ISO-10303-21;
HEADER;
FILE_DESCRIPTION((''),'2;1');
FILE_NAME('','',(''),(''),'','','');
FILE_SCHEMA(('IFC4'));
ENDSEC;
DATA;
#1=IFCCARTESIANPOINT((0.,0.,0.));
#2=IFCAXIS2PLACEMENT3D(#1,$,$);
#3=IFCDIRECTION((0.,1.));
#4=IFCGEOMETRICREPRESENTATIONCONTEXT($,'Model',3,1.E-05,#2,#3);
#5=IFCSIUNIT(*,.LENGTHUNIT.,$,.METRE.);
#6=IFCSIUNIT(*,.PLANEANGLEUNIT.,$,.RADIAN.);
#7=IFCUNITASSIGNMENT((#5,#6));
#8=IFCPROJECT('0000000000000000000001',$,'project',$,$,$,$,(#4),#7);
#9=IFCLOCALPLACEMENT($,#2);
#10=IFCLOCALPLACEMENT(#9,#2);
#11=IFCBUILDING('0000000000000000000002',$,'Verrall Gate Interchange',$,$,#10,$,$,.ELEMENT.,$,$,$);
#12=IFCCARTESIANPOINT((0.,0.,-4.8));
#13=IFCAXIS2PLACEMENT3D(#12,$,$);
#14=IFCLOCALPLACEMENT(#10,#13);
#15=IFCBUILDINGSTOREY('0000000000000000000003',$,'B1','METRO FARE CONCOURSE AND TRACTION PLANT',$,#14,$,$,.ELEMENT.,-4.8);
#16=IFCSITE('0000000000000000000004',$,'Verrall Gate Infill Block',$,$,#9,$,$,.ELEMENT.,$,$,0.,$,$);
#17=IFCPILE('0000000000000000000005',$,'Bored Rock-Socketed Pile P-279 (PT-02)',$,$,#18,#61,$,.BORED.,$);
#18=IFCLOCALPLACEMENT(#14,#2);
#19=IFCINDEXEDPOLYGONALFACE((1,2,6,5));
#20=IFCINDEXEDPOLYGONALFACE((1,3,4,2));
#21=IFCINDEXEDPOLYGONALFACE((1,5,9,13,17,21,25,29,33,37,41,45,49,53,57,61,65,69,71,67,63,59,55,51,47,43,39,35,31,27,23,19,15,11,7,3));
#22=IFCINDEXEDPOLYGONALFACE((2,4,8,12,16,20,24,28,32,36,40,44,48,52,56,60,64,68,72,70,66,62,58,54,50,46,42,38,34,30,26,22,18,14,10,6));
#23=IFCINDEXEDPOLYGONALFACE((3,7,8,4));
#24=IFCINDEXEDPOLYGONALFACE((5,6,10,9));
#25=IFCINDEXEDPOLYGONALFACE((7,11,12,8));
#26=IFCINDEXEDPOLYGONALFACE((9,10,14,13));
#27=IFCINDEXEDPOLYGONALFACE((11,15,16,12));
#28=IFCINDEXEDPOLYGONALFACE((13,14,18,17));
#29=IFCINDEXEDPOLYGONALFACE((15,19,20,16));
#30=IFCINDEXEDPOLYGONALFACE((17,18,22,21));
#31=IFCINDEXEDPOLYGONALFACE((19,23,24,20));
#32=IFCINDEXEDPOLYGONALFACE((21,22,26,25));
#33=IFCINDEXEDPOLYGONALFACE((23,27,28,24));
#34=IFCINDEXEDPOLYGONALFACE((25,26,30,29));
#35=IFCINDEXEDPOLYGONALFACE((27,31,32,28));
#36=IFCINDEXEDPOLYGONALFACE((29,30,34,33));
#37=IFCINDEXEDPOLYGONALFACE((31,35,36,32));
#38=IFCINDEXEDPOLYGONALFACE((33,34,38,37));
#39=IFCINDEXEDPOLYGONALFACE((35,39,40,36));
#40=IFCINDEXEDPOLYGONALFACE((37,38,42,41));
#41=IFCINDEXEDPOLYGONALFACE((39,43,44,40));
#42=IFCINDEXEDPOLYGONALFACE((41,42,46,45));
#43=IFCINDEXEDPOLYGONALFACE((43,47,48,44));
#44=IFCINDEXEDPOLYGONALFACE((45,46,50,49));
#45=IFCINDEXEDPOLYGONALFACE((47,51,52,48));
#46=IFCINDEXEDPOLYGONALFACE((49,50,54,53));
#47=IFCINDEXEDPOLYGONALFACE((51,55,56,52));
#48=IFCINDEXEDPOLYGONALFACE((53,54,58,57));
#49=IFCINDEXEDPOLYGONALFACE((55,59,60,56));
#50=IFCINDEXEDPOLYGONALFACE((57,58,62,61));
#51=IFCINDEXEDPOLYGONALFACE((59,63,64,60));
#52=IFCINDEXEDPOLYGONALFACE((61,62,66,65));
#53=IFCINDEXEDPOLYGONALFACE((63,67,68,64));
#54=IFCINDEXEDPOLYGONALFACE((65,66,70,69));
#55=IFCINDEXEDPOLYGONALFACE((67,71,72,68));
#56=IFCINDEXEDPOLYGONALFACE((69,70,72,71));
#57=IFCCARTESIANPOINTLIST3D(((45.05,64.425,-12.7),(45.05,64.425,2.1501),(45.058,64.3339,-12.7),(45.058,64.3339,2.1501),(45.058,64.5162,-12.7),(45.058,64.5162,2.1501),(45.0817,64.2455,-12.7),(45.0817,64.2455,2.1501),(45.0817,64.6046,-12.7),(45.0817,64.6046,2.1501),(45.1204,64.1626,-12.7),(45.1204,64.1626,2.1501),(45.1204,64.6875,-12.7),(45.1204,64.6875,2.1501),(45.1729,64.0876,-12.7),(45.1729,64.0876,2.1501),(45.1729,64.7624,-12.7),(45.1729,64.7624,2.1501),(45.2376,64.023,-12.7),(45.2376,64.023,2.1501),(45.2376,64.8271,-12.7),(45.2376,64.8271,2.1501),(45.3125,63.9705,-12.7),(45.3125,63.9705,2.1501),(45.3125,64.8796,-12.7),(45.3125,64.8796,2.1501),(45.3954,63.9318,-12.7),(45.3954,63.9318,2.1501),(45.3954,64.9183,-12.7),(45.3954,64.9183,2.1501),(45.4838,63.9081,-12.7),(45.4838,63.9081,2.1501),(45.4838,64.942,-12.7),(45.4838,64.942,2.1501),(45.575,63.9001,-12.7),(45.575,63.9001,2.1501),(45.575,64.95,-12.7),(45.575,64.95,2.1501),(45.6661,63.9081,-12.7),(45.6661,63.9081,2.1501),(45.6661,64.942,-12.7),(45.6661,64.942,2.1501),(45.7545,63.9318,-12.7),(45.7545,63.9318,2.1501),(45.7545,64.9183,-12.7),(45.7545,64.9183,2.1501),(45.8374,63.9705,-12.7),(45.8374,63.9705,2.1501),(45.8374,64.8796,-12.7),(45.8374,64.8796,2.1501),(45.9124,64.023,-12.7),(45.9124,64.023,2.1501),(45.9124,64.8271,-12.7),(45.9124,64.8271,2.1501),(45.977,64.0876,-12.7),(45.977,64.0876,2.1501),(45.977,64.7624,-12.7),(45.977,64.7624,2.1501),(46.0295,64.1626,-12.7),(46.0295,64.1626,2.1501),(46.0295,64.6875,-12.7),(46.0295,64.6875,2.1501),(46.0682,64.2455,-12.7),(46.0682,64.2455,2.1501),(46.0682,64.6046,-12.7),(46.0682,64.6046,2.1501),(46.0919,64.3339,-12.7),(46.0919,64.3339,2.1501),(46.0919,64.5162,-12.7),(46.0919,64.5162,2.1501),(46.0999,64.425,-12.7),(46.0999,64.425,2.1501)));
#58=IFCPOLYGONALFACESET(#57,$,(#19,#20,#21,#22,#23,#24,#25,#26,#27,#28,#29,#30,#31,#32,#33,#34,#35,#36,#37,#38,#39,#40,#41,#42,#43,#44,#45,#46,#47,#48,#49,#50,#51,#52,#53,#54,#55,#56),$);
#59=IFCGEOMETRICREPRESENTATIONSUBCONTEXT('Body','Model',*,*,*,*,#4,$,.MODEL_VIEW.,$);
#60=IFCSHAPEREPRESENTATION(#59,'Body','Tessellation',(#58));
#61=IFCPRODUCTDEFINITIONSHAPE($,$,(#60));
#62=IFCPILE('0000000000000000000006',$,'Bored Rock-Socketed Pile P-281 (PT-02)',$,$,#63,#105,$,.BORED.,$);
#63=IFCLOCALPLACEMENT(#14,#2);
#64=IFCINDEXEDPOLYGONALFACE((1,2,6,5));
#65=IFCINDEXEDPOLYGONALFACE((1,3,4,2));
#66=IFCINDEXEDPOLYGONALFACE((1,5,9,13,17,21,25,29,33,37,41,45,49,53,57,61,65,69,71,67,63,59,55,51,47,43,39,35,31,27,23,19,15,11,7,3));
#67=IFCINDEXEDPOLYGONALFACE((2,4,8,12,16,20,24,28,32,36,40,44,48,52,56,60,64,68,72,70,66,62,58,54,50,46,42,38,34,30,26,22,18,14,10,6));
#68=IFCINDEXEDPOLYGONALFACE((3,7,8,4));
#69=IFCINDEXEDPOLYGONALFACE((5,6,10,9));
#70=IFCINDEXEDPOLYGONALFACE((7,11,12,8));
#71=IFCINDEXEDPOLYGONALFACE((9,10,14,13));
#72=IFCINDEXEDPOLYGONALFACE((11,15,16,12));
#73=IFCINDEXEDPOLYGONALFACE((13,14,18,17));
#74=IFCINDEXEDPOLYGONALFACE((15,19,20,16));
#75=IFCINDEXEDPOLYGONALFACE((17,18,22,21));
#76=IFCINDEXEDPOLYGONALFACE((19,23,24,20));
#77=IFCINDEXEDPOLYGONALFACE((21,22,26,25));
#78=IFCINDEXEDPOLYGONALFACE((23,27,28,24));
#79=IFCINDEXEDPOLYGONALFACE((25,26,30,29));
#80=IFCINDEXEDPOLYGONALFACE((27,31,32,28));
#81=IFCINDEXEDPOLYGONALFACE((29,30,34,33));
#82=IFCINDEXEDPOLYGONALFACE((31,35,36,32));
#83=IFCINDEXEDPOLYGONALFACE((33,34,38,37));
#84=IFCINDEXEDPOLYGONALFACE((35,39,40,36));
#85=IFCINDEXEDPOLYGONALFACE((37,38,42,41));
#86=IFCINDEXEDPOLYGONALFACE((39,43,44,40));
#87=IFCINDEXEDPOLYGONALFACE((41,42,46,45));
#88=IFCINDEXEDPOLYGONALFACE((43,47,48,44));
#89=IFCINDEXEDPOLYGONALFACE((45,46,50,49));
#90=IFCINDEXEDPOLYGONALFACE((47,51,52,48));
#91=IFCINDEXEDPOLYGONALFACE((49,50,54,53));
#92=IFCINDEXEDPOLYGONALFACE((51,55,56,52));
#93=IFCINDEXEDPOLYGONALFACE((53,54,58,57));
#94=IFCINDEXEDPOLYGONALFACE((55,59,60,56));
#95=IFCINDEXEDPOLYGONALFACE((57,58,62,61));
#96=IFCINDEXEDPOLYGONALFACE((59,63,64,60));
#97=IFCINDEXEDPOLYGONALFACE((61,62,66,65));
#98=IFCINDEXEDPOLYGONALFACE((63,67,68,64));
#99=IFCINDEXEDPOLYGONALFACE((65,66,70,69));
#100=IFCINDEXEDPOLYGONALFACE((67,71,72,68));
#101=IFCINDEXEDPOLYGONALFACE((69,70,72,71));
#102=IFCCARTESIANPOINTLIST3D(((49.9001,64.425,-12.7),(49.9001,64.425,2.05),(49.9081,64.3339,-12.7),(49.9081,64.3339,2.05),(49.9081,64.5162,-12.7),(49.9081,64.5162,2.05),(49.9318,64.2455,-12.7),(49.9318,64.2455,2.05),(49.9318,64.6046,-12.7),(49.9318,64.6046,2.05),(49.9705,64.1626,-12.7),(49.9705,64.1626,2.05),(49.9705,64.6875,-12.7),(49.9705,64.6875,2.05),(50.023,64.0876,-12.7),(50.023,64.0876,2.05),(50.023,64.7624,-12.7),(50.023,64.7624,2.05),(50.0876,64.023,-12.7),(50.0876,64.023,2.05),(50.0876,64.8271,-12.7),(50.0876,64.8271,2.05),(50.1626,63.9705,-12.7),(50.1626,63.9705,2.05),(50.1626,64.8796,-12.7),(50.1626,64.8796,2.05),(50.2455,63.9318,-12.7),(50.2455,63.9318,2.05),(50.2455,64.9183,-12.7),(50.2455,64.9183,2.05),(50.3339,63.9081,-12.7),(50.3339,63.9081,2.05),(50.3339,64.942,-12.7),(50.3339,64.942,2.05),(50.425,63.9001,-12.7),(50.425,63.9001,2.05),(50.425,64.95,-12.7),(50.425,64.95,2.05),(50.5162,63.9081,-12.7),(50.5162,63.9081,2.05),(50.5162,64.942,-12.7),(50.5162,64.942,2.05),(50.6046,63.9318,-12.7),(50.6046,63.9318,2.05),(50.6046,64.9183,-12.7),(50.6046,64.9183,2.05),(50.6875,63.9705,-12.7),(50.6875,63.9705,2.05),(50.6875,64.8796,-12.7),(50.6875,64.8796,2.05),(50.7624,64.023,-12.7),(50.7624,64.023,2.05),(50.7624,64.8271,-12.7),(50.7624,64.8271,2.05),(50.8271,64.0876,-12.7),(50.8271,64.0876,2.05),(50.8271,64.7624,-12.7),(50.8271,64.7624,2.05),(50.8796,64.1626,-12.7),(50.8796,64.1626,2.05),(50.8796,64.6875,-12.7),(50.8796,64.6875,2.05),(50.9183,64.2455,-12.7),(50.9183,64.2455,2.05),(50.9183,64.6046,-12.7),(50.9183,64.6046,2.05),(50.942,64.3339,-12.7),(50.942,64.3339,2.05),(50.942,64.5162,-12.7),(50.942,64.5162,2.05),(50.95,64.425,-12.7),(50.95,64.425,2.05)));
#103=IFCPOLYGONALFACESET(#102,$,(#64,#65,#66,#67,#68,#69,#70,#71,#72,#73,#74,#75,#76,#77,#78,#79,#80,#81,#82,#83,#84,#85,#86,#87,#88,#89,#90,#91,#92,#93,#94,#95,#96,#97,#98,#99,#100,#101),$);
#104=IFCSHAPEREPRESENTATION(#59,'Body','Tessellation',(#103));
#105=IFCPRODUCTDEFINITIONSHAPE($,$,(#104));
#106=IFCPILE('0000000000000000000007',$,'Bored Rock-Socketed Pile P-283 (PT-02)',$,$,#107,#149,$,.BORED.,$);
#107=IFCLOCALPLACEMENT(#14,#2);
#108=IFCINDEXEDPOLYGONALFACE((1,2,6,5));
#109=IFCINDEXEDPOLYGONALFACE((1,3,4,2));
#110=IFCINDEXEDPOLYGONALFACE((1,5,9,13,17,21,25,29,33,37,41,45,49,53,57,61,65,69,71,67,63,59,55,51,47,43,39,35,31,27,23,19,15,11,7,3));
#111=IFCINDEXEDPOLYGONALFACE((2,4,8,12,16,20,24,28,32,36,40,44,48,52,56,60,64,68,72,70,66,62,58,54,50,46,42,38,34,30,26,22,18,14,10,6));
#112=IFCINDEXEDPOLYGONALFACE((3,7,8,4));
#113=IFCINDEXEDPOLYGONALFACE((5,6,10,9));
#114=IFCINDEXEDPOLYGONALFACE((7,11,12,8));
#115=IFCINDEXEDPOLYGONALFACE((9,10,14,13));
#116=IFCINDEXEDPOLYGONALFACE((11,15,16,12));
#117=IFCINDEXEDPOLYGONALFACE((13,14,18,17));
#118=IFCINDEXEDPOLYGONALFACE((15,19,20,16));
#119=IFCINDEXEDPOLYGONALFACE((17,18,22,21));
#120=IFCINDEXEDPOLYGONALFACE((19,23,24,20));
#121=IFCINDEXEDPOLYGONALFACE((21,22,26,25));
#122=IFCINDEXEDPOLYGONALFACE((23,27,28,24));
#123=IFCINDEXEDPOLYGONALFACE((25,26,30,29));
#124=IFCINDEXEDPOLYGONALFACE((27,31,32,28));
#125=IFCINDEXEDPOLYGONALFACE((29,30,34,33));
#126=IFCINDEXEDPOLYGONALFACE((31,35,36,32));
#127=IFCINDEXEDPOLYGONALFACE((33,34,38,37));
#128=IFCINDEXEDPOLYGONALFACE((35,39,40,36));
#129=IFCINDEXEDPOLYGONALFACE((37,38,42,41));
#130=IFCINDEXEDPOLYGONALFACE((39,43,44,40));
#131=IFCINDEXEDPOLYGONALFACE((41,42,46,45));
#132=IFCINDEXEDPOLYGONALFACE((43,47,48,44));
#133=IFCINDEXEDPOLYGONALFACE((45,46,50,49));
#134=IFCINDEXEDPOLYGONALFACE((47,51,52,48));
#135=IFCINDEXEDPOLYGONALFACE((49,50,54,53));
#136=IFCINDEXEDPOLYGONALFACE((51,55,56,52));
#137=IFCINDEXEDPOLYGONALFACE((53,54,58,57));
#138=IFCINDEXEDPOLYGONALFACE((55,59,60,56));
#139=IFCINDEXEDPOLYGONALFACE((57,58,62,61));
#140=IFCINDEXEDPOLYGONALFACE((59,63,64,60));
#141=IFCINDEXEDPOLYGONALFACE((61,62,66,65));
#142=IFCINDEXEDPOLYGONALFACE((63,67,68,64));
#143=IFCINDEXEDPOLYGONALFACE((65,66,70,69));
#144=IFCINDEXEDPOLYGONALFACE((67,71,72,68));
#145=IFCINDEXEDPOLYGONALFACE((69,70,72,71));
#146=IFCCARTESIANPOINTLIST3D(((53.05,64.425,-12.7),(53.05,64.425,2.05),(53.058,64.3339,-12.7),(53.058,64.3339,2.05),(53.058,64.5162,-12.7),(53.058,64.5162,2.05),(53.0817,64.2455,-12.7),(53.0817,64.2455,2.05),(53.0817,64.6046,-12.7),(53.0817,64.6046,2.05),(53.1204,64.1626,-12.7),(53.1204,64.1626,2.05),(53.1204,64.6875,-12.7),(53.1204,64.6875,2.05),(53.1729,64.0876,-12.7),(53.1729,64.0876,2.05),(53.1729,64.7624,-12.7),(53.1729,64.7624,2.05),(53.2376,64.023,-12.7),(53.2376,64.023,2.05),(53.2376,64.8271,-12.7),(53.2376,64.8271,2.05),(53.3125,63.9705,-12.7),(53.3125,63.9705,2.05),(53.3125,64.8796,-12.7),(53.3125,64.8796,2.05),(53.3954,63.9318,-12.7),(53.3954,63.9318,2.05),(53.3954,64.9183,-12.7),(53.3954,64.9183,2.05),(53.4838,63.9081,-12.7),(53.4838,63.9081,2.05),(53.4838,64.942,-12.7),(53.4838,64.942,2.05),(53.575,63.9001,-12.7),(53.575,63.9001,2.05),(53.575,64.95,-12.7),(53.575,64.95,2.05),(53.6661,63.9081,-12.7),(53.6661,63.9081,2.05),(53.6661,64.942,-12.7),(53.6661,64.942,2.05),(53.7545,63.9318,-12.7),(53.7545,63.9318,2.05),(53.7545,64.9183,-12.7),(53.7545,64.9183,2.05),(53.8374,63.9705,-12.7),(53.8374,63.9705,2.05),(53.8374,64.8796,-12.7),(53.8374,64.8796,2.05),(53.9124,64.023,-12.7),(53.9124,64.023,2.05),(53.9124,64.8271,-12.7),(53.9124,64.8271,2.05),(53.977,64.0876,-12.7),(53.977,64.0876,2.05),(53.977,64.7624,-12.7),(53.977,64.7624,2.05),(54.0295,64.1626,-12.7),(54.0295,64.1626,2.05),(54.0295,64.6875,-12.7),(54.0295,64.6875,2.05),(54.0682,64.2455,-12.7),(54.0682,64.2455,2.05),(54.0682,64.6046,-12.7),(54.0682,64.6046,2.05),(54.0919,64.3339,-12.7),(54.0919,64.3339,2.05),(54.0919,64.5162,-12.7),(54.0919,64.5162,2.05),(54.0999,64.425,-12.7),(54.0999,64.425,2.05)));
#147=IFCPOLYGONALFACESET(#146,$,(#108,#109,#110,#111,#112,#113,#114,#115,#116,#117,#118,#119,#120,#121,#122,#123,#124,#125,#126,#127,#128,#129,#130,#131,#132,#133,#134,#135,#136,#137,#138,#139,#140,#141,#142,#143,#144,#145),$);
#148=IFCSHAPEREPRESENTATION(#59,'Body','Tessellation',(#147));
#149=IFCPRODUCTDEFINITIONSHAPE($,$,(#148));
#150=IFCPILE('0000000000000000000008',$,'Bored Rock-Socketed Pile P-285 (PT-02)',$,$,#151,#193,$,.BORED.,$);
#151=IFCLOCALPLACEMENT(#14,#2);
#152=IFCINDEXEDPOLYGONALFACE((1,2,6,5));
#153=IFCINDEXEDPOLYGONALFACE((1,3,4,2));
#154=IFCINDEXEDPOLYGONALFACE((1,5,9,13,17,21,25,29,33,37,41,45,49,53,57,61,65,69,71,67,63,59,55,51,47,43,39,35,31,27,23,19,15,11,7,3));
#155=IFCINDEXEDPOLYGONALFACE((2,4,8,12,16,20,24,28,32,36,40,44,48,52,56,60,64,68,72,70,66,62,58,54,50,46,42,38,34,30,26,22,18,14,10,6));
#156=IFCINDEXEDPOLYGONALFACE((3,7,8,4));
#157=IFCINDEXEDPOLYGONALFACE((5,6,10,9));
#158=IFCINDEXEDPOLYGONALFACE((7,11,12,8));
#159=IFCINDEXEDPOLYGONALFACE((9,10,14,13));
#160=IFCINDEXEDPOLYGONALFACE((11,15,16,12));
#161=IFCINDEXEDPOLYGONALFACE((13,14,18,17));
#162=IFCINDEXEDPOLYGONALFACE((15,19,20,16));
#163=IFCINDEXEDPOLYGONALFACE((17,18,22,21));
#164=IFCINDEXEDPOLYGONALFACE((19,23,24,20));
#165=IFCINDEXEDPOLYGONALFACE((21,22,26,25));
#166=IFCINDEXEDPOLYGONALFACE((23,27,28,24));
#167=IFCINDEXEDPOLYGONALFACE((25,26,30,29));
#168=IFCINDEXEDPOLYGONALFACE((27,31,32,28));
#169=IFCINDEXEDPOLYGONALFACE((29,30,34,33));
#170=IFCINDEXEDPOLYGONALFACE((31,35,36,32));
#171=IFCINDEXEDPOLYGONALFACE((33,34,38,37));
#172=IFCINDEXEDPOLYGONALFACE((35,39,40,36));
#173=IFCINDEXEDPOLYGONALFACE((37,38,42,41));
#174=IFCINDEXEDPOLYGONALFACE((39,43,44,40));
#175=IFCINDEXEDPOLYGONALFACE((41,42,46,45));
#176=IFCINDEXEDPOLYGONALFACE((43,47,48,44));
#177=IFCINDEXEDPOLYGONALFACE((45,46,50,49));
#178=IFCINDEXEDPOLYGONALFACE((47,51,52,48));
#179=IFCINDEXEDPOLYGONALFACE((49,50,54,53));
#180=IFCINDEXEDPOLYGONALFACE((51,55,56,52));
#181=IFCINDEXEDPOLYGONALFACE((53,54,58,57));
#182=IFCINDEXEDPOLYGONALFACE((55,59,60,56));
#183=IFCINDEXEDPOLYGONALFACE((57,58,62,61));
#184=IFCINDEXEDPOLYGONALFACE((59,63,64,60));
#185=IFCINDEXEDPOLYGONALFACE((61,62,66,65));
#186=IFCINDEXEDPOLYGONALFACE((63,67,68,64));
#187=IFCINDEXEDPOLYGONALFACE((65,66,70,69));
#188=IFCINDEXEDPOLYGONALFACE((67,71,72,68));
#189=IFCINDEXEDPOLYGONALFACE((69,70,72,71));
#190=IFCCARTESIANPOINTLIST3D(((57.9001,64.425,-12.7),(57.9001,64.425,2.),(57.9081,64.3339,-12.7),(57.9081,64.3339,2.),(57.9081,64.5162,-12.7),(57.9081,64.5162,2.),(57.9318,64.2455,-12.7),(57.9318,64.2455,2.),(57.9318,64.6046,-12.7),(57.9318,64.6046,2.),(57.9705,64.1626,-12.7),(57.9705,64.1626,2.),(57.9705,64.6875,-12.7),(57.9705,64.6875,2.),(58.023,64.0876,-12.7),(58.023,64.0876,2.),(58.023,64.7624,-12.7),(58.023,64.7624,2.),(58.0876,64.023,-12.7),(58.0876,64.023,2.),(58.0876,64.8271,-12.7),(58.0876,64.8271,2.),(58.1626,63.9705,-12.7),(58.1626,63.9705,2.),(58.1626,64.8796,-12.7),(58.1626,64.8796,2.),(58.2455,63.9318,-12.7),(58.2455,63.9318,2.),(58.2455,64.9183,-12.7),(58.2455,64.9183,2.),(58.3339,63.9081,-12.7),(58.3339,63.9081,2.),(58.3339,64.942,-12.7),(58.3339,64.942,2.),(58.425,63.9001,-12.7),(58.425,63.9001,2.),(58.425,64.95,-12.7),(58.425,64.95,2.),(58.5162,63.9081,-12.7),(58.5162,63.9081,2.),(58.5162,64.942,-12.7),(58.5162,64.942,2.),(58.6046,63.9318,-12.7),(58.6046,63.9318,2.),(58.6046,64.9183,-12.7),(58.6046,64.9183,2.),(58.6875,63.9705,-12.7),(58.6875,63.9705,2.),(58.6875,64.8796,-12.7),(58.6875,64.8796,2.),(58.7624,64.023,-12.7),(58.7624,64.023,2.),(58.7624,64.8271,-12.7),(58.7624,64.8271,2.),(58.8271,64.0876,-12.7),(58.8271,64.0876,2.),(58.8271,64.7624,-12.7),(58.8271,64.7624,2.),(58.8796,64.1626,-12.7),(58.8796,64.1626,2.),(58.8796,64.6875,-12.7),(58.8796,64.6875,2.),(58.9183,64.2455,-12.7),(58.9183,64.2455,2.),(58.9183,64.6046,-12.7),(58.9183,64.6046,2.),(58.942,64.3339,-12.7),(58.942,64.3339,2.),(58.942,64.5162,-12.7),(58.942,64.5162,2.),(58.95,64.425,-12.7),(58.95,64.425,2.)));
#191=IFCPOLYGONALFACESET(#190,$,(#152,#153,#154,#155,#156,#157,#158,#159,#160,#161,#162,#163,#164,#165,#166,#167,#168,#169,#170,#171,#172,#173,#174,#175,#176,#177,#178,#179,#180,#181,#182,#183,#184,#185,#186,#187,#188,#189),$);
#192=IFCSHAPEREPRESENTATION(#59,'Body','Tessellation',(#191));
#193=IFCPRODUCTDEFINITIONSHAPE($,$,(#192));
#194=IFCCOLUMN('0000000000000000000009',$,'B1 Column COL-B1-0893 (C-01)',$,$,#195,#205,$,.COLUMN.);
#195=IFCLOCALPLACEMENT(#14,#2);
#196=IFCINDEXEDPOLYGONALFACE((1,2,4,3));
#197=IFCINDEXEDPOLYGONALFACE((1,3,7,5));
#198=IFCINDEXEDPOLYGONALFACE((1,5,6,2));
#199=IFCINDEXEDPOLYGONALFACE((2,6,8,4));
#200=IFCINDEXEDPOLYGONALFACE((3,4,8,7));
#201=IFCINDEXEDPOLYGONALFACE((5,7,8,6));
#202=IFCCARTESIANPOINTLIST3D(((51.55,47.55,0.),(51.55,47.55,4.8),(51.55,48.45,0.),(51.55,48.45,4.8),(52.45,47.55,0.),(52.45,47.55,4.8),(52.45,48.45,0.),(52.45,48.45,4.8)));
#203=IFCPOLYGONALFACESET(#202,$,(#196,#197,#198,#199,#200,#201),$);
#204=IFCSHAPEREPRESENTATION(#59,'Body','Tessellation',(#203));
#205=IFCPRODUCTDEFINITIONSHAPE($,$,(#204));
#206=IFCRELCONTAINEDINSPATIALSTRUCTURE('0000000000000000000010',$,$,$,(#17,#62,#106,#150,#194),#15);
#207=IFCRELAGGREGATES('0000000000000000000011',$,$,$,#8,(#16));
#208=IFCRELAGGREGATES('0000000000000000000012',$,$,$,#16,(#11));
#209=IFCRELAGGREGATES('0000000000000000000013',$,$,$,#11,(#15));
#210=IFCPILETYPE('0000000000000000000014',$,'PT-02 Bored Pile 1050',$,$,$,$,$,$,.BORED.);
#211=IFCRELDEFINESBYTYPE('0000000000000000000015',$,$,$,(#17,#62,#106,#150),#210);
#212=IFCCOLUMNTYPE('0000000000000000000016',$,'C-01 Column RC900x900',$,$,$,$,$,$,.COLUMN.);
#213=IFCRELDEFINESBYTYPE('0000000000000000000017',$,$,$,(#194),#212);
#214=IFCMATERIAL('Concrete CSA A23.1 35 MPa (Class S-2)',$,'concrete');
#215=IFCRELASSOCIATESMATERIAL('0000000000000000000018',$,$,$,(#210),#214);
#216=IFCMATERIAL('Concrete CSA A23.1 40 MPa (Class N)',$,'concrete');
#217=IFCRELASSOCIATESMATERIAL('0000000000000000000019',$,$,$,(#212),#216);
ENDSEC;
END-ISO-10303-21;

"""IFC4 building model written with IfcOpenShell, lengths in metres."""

from ifc_helpers import new_model, si_unit, direction, frame, origin, origin_2d, place, context, subcontext, project, spatial, rectangle, circle, extrude, material, material_profile, profile_set, type_object, element, save


model = new_model("IFC4")

# Units and contexts
model_context = context("Model", 3, precision=1e-05, world=origin(), true_north=direction((0.0, 1.0)))
body_context = subcontext(model_context, "Body", "Model", "MODEL_VIEW")
ifc_project = project(units=[si_unit("LENGTHUNIT", "METRE"), si_unit("PLANEANGLEUNIT", "RADIAN")], contexts=[model_context])

# Site, building, storey
site_placement = place(None, origin())
site = spatial("IfcSite", under=ifc_project, at=site_placement, Name="Verrall Gate Infill Block", CompositionType="ELEMENT", RefElevation=0.0)
building_placement = place(site_placement, origin())
building = spatial("IfcBuilding", under=site, at=building_placement, Name="Verrall Gate Interchange", CompositionType="ELEMENT")
storey_placement = place(building_placement, frame((0.0, 0.0, -4.8)))
storey = spatial("IfcBuildingStorey", under=building, at=storey_placement, Name="B1", Description="METRO FARE CONCOURSE AND TRACTION PLANT", CompositionType="ELEMENT", Elevation=-4.8)

# Piles
ifc_material_1 = material(Name="Concrete CSA A23.1 35 MPa (Class S-2)", Category="concrete")
ifc_material_profile_1 = material_profile(ifc_material_1, circle(Radius=0.5249, at=origin_2d()), Name="PILE1050D")
ifc_profile_set_1 = profile_set([ifc_material_profile_1], Name="Concrete CSA A23.1 35 MPa (Class S-2)")
pile_type = type_object("IfcPileType", Name="PT-02 Bored Pile 1050", PredefinedType="BORED", material=ifc_profile_set_1)
pile_1_placement = place(storey_placement, frame((45.575, 64.425, 2.1501), z_axis=(0.0, 0.0, -1.0), x_axis=(1.0, 0.0, 0.0)))
element("IfcPile", 1, at=pile_1_placement, inside=storey, type_object=pile_type, Name="Bored Rock-Socketed Pile P-279 (PT-02)", PredefinedType="BORED", context=body_context, shape_type="SweptSolid", body=[
    extrude(circle(Radius=0.5249, at=origin_2d()), origin(), (0.0, 0.0, 1.0), 14.8501),
])
for number, where, z_axis, x_axis, name in (
    (2, (50.425, 64.425, 2.05), (0.0, 0.0, -1.0), (1.0, 0.0, 0.0), "Bored Rock-Socketed Pile P-281 (PT-02)"),
    (3, (53.575, 64.425, 2.05), (0.0, 0.0, -1.0), (1.0, 0.0, 0.0), "Bored Rock-Socketed Pile P-283 (PT-02)"),
):
    element("IfcPile", number, at=place(storey_placement, frame(where, z_axis=z_axis, x_axis=x_axis)), inside=storey, type_object=pile_type, Name=name, PredefinedType="BORED", context=body_context, shape_type="SweptSolid", body=[
        extrude(circle(Radius=0.5249, at=origin_2d()), origin(), (0.0, 0.0, 1.0), 14.75),
    ])
pile_2_placement = place(storey_placement, frame((58.425, 64.425, 2.0), z_axis=(0.0, 0.0, -1.0), x_axis=(1.0, 0.0, 0.0)))
element("IfcPile", 4, at=pile_2_placement, inside=storey, type_object=pile_type, Name="Bored Rock-Socketed Pile P-285 (PT-02)", PredefinedType="BORED", context=body_context, shape_type="SweptSolid", body=[
    extrude(circle(Radius=0.5249, at=origin_2d()), origin(), (0.0, 0.0, 1.0), 14.7),
])

# Column
ifc_material_2 = material(Name="Concrete CSA A23.1 40 MPa (Class N)", Category="concrete")
ifc_material_profile_2 = material_profile(ifc_material_2, rectangle(XDim=0.8999, YDim=0.8999, at=origin_2d()), Name="RC900x900")
ifc_profile_set_2 = profile_set([ifc_material_profile_2], Name="Concrete CSA A23.1 40 MPa (Class N)")
column_type_1 = type_object("IfcColumnType", Name="C-01 Column RC900x900", PredefinedType="COLUMN", material=ifc_profile_set_2)
column_placement = place(storey_placement, frame((52.0, 48.0, 0.0), z_axis=(0.0, 0.0, 1.0), x_axis=(1.0, 0.0, 0.0)))
element("IfcColumn", 5, at=column_placement, inside=storey, type_object=column_type_1, Name="B1 Column COL-B1-0893 (C-01)", PredefinedType="COLUMN", context=body_context, shape_type="SweptSolid", body=[
    extrude(rectangle(XDim=0.8999, YDim=0.8999, at=origin_2d()), origin(), (0.0, 0.0, 1.0), 4.8),
])

save(model, "model.ifc")
